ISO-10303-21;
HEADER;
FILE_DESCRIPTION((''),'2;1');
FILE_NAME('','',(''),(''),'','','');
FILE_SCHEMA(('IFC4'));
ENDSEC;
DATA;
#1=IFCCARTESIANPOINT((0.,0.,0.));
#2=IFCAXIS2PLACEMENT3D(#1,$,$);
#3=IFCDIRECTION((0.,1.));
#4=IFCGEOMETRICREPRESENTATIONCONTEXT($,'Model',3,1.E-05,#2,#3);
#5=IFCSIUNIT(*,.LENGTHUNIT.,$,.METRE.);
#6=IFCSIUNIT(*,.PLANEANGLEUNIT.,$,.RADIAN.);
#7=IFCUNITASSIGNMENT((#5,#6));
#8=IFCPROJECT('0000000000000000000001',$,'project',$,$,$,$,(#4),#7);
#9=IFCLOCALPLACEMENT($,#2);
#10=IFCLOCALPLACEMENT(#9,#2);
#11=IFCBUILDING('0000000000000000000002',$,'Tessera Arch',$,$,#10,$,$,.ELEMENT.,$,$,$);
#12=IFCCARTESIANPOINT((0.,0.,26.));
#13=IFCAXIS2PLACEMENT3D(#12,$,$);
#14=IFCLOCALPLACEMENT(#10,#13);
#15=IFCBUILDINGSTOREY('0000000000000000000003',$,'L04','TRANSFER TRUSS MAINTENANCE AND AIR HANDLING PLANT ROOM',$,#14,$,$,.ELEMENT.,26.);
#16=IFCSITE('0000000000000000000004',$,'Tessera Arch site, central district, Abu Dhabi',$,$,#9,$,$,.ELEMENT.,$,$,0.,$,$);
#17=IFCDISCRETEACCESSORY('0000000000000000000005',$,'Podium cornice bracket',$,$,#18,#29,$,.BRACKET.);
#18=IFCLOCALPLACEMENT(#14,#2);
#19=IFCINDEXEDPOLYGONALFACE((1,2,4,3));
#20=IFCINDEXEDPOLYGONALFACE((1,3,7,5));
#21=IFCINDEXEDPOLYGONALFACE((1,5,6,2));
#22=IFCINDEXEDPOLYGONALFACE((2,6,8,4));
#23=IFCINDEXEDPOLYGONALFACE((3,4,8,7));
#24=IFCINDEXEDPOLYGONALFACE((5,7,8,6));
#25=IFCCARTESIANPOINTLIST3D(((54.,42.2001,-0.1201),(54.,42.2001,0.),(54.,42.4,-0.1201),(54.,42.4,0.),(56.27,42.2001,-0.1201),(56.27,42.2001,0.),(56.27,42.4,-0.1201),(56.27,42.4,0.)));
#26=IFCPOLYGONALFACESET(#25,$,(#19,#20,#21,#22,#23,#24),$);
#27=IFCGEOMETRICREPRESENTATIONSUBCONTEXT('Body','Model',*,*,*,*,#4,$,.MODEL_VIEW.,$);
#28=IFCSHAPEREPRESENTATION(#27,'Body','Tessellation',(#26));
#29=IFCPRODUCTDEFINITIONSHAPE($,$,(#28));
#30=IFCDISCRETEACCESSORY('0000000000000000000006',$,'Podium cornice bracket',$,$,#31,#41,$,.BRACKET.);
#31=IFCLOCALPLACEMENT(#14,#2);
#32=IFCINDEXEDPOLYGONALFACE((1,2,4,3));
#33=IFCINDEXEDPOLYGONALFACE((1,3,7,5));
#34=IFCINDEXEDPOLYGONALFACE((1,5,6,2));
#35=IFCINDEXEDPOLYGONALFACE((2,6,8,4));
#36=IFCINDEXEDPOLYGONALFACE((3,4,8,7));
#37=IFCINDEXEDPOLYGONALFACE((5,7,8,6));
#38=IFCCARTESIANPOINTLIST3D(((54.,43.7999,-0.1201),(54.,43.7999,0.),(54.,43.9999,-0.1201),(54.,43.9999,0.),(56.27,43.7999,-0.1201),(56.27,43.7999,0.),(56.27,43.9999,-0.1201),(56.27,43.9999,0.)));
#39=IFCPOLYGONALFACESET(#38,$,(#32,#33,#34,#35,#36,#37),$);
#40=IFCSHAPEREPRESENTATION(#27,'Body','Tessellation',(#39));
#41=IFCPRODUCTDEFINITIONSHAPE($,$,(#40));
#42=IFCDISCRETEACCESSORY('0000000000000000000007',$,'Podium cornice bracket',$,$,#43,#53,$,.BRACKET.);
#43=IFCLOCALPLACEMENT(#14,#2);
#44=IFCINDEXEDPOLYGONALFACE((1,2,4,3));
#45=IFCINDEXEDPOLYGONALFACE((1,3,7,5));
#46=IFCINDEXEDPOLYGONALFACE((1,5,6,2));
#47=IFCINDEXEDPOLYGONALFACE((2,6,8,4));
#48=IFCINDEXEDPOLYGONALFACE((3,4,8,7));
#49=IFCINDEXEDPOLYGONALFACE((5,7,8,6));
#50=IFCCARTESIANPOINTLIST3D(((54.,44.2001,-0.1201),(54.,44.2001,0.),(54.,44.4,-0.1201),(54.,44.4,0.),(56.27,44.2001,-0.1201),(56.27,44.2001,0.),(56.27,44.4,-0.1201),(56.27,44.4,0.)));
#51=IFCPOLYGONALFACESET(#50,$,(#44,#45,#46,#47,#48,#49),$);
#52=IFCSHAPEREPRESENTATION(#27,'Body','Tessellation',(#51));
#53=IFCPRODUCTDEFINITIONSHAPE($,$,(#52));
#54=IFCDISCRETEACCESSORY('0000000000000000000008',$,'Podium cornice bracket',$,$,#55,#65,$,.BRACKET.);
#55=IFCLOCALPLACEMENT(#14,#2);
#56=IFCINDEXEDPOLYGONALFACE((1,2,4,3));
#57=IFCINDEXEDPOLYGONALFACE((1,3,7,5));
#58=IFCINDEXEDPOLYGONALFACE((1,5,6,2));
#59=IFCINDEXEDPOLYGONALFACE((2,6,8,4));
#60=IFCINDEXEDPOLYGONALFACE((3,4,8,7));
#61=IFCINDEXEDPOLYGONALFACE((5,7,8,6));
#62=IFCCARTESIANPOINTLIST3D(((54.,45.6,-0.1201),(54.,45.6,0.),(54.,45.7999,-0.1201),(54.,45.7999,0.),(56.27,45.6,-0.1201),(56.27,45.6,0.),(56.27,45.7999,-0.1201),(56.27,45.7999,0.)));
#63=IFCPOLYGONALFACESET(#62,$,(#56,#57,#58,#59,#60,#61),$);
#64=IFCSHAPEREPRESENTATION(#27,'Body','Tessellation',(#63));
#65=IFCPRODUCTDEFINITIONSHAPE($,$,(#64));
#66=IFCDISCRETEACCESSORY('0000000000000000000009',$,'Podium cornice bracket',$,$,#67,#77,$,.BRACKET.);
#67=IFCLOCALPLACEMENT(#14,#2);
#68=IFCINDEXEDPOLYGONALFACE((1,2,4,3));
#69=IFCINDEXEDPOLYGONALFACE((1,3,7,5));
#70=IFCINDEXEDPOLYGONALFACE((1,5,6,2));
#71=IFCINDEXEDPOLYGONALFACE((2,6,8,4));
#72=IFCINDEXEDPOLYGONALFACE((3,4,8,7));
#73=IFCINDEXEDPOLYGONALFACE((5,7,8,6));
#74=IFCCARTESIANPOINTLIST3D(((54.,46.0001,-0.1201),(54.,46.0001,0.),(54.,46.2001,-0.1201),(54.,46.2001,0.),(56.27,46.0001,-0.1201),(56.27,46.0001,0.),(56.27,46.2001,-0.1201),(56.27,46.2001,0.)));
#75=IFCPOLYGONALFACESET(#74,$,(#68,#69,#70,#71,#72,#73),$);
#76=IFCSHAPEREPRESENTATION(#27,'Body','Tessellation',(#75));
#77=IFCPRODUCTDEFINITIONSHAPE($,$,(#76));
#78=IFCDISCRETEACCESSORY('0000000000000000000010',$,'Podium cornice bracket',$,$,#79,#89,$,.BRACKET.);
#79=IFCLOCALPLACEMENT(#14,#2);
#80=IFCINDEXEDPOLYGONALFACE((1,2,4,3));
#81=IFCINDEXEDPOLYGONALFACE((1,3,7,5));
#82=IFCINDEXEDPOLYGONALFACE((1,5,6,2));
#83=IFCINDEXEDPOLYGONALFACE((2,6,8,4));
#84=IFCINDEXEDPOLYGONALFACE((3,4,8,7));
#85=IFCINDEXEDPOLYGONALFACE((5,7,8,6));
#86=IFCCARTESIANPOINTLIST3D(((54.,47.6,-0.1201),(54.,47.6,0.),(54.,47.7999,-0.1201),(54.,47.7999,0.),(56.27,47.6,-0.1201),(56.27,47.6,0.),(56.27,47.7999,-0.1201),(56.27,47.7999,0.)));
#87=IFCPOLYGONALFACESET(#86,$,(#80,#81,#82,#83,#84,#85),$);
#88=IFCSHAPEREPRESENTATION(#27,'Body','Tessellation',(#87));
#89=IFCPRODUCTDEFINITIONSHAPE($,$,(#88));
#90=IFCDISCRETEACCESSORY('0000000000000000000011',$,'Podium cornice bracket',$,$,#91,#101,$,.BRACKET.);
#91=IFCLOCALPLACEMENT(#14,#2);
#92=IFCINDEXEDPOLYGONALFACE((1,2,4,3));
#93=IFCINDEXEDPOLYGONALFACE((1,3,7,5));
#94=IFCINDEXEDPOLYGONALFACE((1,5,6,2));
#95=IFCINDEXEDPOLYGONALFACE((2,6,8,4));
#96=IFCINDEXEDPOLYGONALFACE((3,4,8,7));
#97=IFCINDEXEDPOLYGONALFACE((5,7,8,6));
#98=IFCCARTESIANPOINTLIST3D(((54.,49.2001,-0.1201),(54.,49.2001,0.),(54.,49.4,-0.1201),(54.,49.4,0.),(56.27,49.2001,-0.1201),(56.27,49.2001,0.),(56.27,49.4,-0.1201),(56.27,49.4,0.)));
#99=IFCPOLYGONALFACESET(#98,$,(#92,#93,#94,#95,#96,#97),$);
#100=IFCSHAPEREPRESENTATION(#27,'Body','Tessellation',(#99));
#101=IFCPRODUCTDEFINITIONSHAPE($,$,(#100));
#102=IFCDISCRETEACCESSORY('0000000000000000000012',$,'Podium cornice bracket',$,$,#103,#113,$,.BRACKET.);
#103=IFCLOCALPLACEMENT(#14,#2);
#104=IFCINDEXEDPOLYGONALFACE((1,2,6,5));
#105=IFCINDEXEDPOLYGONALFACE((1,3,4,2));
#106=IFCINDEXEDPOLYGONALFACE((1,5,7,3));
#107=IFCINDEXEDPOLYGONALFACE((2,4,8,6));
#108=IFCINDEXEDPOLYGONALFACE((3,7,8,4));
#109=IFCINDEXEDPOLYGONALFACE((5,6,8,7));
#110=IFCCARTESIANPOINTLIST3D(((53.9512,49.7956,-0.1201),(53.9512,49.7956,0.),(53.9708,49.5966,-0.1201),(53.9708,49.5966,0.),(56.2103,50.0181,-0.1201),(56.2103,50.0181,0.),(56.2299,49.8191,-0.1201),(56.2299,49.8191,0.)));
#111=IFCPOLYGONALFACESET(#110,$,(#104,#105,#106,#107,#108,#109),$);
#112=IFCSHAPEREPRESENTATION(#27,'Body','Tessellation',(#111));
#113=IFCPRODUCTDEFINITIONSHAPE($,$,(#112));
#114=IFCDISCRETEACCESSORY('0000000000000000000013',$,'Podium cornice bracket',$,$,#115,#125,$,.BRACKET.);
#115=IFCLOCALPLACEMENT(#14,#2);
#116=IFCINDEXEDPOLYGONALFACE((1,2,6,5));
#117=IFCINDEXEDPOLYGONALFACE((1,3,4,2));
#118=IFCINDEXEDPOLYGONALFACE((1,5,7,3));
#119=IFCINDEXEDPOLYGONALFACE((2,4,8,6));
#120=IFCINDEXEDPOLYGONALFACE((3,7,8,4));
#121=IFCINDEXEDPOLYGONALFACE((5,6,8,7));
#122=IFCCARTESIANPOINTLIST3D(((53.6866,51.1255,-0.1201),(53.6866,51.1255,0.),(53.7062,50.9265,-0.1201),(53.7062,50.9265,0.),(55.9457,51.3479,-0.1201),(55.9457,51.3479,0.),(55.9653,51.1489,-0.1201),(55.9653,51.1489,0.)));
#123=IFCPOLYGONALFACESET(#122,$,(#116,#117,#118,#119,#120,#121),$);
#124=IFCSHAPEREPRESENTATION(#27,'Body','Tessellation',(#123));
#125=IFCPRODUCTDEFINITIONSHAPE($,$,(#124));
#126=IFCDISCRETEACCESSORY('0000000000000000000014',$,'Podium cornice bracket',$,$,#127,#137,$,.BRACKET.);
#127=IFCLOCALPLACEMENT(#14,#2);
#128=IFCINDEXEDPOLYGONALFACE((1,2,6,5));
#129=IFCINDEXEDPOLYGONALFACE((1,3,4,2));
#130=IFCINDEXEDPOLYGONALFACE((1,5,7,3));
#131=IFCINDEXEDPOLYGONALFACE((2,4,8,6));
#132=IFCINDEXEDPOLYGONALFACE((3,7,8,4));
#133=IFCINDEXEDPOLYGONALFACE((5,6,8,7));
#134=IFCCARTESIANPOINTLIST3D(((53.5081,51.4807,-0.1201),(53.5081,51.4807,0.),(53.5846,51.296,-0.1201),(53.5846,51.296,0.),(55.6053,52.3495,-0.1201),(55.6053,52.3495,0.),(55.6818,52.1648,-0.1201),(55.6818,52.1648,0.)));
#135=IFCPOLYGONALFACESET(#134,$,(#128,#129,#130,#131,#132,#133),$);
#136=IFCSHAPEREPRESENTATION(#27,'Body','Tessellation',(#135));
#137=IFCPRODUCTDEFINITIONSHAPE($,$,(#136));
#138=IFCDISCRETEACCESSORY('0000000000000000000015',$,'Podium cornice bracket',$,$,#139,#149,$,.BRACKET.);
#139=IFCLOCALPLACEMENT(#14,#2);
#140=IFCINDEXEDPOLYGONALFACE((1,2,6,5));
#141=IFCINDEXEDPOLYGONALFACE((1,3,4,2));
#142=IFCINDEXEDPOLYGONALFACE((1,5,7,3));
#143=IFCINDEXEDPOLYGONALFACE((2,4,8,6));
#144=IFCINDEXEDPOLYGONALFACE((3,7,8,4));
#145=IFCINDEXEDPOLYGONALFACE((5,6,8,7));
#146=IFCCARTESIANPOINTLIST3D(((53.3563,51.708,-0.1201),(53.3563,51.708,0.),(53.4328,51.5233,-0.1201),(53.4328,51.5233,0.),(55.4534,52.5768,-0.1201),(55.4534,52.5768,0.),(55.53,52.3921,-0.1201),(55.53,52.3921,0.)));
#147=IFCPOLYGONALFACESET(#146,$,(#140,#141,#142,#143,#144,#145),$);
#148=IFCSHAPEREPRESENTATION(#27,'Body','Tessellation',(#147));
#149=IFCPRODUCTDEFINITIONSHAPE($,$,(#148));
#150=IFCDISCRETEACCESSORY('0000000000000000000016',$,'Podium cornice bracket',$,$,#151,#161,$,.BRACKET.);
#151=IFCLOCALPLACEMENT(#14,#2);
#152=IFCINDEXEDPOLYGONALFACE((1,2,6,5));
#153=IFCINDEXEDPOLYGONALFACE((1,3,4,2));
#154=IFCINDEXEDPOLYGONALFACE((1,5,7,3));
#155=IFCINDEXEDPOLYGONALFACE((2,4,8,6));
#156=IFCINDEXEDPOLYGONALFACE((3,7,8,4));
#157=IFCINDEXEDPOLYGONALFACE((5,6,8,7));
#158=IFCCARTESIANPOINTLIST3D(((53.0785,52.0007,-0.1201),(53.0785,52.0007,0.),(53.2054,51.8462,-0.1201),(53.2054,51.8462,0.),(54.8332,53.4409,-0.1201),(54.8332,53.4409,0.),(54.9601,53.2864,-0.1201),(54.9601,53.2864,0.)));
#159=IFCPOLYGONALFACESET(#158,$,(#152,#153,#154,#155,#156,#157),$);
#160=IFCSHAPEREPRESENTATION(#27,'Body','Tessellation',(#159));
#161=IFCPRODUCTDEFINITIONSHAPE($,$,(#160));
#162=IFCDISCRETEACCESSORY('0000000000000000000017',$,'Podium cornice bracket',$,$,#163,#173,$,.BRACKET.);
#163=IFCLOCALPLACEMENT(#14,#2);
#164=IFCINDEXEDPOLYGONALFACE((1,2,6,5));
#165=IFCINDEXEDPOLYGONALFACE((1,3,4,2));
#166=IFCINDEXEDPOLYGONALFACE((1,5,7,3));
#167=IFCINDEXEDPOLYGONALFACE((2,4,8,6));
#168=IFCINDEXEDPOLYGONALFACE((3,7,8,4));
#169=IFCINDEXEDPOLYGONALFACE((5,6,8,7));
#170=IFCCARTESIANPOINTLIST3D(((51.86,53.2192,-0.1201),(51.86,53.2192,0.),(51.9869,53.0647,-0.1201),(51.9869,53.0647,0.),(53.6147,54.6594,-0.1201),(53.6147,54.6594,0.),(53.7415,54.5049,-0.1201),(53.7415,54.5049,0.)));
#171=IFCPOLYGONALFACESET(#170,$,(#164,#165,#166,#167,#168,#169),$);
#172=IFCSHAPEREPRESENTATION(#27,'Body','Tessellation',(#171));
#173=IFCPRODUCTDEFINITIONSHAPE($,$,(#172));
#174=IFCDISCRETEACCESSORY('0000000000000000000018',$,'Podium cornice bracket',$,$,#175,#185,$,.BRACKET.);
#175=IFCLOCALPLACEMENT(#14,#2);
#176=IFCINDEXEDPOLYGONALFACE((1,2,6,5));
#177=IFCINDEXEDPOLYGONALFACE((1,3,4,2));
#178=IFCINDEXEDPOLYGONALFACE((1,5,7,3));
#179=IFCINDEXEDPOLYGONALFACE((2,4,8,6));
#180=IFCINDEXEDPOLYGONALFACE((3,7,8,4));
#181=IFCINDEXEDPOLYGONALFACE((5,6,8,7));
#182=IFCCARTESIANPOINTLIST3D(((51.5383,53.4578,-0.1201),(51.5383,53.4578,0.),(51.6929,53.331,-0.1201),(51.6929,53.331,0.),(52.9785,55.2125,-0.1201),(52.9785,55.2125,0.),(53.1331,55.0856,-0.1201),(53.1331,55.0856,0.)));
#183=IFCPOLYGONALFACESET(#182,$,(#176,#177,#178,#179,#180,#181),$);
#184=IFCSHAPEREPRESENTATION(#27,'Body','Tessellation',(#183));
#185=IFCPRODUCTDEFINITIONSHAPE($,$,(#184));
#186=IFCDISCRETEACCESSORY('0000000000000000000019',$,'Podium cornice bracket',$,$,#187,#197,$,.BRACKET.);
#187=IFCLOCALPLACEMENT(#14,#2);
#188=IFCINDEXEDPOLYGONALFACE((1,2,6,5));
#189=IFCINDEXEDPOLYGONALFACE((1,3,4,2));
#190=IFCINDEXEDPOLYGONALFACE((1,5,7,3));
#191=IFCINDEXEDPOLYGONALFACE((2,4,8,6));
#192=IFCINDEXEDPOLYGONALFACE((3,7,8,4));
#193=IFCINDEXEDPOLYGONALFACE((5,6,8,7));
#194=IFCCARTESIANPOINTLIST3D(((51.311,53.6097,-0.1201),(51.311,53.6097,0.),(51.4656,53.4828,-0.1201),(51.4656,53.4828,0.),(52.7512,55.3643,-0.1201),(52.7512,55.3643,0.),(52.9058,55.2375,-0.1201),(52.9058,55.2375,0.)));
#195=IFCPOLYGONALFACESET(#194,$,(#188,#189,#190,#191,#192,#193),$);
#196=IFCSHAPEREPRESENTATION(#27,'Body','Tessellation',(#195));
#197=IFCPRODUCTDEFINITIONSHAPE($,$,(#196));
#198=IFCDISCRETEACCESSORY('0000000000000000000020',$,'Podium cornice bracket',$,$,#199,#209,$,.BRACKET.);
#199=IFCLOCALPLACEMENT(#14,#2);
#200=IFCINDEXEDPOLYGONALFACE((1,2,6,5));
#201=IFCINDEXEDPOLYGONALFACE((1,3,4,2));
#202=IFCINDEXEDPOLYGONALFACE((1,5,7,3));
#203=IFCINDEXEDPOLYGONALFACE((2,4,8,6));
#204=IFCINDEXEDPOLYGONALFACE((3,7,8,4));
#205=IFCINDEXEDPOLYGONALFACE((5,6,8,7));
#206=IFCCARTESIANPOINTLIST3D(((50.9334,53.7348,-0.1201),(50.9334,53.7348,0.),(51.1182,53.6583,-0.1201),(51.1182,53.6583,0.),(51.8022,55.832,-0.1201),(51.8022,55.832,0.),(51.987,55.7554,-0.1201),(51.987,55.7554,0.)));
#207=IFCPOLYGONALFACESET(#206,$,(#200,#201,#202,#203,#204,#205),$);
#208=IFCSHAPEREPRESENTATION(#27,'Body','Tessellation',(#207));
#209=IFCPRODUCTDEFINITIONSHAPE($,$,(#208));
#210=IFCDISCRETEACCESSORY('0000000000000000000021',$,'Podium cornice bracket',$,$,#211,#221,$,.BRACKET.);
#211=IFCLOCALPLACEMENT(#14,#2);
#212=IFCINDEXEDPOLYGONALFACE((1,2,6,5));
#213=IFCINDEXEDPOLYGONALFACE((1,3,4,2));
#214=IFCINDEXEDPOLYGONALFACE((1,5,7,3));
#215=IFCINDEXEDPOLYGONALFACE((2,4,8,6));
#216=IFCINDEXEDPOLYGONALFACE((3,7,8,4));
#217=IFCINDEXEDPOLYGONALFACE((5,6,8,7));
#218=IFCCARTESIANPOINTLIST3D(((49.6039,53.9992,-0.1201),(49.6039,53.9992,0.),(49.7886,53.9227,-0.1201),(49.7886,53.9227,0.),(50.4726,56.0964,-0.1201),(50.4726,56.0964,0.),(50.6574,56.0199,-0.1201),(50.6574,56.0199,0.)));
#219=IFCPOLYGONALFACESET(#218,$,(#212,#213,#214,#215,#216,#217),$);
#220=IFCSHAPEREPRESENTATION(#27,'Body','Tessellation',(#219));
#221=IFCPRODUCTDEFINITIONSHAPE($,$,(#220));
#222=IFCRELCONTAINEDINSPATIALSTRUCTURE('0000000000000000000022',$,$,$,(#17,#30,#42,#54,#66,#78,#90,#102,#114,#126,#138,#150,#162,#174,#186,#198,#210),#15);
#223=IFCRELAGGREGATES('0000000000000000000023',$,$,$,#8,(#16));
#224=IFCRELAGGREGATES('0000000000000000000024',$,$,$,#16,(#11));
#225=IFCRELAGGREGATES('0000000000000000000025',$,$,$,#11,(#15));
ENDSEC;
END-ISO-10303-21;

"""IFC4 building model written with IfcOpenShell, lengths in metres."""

from ifc_helpers import new_model, si_unit, direction, frame, origin, origin_2d, place, context, subcontext, project, spatial, rectangle, extrude, element, save


model = new_model("IFC4")

# Units and contexts
model_context = context("Model", 3, precision=1e-05, world=origin(), true_north=direction((0.0, 1.0)))
body_context = subcontext(model_context, "Body", "Model", "MODEL_VIEW")
ifc_project = project(units=[si_unit("LENGTHUNIT", "METRE"), si_unit("PLANEANGLEUNIT", "RADIAN")], contexts=[model_context])

# Site, building, storey
site_placement = place(None, origin())
site = spatial("IfcSite", under=ifc_project, at=site_placement, Name="Tessera Arch site, central district, Abu Dhabi", CompositionType="ELEMENT", RefElevation=0.0)
building_placement = place(site_placement, origin())
building = spatial("IfcBuilding", under=site, at=building_placement, Name="Tessera Arch", CompositionType="ELEMENT")
storey_placement = place(building_placement, frame((0.0, 0.0, 26.0)))
storey = spatial("IfcBuildingStorey", under=building, at=storey_placement, Name="L04", Description="TRANSFER TRUSS MAINTENANCE AND AIR HANDLING PLANT ROOM", CompositionType="ELEMENT", Elevation=26.0)

# Discrete accessories
for number, where, z_axis, x_axis, name in (
    (1, (55.135, 42.3, -0.1201), (0.0, 0.0, 1.0), (1.0, 0.0, 0.0), "Podium cornice bracket"),
    (2, (55.135, 43.8999, -0.1201), (0.0, 0.0, 1.0), (1.0, 0.0, 0.0), "Podium cornice bracket"),
    (3, (55.135, 44.3, -0.1201), (0.0, 0.0, 1.0), (1.0, 0.0, 0.0), "Podium cornice bracket"),
    (4, (55.135, 45.7, -0.1201), (0.0, 0.0, 1.0), (1.0, 0.0, 0.0), "Podium cornice bracket"),
    (5, (55.135, 46.1001, -0.1201), (0.0, 0.0, 1.0), (1.0, 0.0, 0.0), "Podium cornice bracket"),
    (6, (55.135, 47.7, -0.1201), (0.0, 0.0, 1.0), (1.0, 0.0, 0.0), "Podium cornice bracket"),
    (7, (55.135, 49.3, -0.1201), (0.0, 0.0, 1.0), (1.0, 0.0, 0.0), "Podium cornice bracket"),
    (8, (55.0906, 49.8074, -0.1201), (0.0, 0.0, 1.0), (0.995186, 0.098004, 0.0), "Podium cornice bracket"),
    (9, (54.8259, 51.1372, -0.1201), (0.0, 0.0, 1.0), (0.995186, 0.098004, 0.0), "Podium cornice bracket"),
    (10, (54.595, 51.8228, -0.1201), (0.0, 0.0, 1.0), (0.923864, 0.382721, 0.0), "Podium cornice bracket"),
    (11, (54.4431, 52.05, -0.1201), (0.0, 0.0, 1.0), (0.923864, 0.382721, 0.0), "Podium cornice bracket"),
    (12, (54.0193, 52.6436, -0.1201), (0.0, 0.0, 1.0), (0.772976, 0.634435, 0.0), "Podium cornice bracket"),
    (13, (52.8008, 53.8621, -0.1201), (0.0, 0.0, 1.0), (0.772976, 0.634435, 0.0), "Podium cornice bracket"),
    (14, (52.3357, 54.2717, -0.1201), (0.0, 0.0, 1.0), (0.634435, 0.772976, 0.0), "Podium cornice bracket"),
    (15, (52.1084, 54.4236, -0.1201), (0.0, 0.0, 1.0), (0.634435, 0.772976, 0.0), "Podium cornice bracket"),
    (16, (51.4602, 54.7451, -0.1201), (0.0, 0.0, 1.0), (0.382721, 0.923864, 0.0), "Podium cornice bracket"),
    (17, (50.1306, 55.0095, -0.1201), (0.0, 0.0, 1.0), (0.382721, 0.923864, 0.0), "Podium cornice bracket"),
):
    element("IfcDiscreteAccessory", number, at=place(storey_placement, frame(where, z_axis=z_axis, x_axis=x_axis)), inside=storey, Name=name, PredefinedType="BRACKET", context=body_context, shape_type="SweptSolid", body=[
        extrude(rectangle(XDim=2.27, YDim=0.2, at=origin_2d()), origin(), (0.0, 0.0, 1.0), 0.1201),
    ])

save(model, "model.ifc")
